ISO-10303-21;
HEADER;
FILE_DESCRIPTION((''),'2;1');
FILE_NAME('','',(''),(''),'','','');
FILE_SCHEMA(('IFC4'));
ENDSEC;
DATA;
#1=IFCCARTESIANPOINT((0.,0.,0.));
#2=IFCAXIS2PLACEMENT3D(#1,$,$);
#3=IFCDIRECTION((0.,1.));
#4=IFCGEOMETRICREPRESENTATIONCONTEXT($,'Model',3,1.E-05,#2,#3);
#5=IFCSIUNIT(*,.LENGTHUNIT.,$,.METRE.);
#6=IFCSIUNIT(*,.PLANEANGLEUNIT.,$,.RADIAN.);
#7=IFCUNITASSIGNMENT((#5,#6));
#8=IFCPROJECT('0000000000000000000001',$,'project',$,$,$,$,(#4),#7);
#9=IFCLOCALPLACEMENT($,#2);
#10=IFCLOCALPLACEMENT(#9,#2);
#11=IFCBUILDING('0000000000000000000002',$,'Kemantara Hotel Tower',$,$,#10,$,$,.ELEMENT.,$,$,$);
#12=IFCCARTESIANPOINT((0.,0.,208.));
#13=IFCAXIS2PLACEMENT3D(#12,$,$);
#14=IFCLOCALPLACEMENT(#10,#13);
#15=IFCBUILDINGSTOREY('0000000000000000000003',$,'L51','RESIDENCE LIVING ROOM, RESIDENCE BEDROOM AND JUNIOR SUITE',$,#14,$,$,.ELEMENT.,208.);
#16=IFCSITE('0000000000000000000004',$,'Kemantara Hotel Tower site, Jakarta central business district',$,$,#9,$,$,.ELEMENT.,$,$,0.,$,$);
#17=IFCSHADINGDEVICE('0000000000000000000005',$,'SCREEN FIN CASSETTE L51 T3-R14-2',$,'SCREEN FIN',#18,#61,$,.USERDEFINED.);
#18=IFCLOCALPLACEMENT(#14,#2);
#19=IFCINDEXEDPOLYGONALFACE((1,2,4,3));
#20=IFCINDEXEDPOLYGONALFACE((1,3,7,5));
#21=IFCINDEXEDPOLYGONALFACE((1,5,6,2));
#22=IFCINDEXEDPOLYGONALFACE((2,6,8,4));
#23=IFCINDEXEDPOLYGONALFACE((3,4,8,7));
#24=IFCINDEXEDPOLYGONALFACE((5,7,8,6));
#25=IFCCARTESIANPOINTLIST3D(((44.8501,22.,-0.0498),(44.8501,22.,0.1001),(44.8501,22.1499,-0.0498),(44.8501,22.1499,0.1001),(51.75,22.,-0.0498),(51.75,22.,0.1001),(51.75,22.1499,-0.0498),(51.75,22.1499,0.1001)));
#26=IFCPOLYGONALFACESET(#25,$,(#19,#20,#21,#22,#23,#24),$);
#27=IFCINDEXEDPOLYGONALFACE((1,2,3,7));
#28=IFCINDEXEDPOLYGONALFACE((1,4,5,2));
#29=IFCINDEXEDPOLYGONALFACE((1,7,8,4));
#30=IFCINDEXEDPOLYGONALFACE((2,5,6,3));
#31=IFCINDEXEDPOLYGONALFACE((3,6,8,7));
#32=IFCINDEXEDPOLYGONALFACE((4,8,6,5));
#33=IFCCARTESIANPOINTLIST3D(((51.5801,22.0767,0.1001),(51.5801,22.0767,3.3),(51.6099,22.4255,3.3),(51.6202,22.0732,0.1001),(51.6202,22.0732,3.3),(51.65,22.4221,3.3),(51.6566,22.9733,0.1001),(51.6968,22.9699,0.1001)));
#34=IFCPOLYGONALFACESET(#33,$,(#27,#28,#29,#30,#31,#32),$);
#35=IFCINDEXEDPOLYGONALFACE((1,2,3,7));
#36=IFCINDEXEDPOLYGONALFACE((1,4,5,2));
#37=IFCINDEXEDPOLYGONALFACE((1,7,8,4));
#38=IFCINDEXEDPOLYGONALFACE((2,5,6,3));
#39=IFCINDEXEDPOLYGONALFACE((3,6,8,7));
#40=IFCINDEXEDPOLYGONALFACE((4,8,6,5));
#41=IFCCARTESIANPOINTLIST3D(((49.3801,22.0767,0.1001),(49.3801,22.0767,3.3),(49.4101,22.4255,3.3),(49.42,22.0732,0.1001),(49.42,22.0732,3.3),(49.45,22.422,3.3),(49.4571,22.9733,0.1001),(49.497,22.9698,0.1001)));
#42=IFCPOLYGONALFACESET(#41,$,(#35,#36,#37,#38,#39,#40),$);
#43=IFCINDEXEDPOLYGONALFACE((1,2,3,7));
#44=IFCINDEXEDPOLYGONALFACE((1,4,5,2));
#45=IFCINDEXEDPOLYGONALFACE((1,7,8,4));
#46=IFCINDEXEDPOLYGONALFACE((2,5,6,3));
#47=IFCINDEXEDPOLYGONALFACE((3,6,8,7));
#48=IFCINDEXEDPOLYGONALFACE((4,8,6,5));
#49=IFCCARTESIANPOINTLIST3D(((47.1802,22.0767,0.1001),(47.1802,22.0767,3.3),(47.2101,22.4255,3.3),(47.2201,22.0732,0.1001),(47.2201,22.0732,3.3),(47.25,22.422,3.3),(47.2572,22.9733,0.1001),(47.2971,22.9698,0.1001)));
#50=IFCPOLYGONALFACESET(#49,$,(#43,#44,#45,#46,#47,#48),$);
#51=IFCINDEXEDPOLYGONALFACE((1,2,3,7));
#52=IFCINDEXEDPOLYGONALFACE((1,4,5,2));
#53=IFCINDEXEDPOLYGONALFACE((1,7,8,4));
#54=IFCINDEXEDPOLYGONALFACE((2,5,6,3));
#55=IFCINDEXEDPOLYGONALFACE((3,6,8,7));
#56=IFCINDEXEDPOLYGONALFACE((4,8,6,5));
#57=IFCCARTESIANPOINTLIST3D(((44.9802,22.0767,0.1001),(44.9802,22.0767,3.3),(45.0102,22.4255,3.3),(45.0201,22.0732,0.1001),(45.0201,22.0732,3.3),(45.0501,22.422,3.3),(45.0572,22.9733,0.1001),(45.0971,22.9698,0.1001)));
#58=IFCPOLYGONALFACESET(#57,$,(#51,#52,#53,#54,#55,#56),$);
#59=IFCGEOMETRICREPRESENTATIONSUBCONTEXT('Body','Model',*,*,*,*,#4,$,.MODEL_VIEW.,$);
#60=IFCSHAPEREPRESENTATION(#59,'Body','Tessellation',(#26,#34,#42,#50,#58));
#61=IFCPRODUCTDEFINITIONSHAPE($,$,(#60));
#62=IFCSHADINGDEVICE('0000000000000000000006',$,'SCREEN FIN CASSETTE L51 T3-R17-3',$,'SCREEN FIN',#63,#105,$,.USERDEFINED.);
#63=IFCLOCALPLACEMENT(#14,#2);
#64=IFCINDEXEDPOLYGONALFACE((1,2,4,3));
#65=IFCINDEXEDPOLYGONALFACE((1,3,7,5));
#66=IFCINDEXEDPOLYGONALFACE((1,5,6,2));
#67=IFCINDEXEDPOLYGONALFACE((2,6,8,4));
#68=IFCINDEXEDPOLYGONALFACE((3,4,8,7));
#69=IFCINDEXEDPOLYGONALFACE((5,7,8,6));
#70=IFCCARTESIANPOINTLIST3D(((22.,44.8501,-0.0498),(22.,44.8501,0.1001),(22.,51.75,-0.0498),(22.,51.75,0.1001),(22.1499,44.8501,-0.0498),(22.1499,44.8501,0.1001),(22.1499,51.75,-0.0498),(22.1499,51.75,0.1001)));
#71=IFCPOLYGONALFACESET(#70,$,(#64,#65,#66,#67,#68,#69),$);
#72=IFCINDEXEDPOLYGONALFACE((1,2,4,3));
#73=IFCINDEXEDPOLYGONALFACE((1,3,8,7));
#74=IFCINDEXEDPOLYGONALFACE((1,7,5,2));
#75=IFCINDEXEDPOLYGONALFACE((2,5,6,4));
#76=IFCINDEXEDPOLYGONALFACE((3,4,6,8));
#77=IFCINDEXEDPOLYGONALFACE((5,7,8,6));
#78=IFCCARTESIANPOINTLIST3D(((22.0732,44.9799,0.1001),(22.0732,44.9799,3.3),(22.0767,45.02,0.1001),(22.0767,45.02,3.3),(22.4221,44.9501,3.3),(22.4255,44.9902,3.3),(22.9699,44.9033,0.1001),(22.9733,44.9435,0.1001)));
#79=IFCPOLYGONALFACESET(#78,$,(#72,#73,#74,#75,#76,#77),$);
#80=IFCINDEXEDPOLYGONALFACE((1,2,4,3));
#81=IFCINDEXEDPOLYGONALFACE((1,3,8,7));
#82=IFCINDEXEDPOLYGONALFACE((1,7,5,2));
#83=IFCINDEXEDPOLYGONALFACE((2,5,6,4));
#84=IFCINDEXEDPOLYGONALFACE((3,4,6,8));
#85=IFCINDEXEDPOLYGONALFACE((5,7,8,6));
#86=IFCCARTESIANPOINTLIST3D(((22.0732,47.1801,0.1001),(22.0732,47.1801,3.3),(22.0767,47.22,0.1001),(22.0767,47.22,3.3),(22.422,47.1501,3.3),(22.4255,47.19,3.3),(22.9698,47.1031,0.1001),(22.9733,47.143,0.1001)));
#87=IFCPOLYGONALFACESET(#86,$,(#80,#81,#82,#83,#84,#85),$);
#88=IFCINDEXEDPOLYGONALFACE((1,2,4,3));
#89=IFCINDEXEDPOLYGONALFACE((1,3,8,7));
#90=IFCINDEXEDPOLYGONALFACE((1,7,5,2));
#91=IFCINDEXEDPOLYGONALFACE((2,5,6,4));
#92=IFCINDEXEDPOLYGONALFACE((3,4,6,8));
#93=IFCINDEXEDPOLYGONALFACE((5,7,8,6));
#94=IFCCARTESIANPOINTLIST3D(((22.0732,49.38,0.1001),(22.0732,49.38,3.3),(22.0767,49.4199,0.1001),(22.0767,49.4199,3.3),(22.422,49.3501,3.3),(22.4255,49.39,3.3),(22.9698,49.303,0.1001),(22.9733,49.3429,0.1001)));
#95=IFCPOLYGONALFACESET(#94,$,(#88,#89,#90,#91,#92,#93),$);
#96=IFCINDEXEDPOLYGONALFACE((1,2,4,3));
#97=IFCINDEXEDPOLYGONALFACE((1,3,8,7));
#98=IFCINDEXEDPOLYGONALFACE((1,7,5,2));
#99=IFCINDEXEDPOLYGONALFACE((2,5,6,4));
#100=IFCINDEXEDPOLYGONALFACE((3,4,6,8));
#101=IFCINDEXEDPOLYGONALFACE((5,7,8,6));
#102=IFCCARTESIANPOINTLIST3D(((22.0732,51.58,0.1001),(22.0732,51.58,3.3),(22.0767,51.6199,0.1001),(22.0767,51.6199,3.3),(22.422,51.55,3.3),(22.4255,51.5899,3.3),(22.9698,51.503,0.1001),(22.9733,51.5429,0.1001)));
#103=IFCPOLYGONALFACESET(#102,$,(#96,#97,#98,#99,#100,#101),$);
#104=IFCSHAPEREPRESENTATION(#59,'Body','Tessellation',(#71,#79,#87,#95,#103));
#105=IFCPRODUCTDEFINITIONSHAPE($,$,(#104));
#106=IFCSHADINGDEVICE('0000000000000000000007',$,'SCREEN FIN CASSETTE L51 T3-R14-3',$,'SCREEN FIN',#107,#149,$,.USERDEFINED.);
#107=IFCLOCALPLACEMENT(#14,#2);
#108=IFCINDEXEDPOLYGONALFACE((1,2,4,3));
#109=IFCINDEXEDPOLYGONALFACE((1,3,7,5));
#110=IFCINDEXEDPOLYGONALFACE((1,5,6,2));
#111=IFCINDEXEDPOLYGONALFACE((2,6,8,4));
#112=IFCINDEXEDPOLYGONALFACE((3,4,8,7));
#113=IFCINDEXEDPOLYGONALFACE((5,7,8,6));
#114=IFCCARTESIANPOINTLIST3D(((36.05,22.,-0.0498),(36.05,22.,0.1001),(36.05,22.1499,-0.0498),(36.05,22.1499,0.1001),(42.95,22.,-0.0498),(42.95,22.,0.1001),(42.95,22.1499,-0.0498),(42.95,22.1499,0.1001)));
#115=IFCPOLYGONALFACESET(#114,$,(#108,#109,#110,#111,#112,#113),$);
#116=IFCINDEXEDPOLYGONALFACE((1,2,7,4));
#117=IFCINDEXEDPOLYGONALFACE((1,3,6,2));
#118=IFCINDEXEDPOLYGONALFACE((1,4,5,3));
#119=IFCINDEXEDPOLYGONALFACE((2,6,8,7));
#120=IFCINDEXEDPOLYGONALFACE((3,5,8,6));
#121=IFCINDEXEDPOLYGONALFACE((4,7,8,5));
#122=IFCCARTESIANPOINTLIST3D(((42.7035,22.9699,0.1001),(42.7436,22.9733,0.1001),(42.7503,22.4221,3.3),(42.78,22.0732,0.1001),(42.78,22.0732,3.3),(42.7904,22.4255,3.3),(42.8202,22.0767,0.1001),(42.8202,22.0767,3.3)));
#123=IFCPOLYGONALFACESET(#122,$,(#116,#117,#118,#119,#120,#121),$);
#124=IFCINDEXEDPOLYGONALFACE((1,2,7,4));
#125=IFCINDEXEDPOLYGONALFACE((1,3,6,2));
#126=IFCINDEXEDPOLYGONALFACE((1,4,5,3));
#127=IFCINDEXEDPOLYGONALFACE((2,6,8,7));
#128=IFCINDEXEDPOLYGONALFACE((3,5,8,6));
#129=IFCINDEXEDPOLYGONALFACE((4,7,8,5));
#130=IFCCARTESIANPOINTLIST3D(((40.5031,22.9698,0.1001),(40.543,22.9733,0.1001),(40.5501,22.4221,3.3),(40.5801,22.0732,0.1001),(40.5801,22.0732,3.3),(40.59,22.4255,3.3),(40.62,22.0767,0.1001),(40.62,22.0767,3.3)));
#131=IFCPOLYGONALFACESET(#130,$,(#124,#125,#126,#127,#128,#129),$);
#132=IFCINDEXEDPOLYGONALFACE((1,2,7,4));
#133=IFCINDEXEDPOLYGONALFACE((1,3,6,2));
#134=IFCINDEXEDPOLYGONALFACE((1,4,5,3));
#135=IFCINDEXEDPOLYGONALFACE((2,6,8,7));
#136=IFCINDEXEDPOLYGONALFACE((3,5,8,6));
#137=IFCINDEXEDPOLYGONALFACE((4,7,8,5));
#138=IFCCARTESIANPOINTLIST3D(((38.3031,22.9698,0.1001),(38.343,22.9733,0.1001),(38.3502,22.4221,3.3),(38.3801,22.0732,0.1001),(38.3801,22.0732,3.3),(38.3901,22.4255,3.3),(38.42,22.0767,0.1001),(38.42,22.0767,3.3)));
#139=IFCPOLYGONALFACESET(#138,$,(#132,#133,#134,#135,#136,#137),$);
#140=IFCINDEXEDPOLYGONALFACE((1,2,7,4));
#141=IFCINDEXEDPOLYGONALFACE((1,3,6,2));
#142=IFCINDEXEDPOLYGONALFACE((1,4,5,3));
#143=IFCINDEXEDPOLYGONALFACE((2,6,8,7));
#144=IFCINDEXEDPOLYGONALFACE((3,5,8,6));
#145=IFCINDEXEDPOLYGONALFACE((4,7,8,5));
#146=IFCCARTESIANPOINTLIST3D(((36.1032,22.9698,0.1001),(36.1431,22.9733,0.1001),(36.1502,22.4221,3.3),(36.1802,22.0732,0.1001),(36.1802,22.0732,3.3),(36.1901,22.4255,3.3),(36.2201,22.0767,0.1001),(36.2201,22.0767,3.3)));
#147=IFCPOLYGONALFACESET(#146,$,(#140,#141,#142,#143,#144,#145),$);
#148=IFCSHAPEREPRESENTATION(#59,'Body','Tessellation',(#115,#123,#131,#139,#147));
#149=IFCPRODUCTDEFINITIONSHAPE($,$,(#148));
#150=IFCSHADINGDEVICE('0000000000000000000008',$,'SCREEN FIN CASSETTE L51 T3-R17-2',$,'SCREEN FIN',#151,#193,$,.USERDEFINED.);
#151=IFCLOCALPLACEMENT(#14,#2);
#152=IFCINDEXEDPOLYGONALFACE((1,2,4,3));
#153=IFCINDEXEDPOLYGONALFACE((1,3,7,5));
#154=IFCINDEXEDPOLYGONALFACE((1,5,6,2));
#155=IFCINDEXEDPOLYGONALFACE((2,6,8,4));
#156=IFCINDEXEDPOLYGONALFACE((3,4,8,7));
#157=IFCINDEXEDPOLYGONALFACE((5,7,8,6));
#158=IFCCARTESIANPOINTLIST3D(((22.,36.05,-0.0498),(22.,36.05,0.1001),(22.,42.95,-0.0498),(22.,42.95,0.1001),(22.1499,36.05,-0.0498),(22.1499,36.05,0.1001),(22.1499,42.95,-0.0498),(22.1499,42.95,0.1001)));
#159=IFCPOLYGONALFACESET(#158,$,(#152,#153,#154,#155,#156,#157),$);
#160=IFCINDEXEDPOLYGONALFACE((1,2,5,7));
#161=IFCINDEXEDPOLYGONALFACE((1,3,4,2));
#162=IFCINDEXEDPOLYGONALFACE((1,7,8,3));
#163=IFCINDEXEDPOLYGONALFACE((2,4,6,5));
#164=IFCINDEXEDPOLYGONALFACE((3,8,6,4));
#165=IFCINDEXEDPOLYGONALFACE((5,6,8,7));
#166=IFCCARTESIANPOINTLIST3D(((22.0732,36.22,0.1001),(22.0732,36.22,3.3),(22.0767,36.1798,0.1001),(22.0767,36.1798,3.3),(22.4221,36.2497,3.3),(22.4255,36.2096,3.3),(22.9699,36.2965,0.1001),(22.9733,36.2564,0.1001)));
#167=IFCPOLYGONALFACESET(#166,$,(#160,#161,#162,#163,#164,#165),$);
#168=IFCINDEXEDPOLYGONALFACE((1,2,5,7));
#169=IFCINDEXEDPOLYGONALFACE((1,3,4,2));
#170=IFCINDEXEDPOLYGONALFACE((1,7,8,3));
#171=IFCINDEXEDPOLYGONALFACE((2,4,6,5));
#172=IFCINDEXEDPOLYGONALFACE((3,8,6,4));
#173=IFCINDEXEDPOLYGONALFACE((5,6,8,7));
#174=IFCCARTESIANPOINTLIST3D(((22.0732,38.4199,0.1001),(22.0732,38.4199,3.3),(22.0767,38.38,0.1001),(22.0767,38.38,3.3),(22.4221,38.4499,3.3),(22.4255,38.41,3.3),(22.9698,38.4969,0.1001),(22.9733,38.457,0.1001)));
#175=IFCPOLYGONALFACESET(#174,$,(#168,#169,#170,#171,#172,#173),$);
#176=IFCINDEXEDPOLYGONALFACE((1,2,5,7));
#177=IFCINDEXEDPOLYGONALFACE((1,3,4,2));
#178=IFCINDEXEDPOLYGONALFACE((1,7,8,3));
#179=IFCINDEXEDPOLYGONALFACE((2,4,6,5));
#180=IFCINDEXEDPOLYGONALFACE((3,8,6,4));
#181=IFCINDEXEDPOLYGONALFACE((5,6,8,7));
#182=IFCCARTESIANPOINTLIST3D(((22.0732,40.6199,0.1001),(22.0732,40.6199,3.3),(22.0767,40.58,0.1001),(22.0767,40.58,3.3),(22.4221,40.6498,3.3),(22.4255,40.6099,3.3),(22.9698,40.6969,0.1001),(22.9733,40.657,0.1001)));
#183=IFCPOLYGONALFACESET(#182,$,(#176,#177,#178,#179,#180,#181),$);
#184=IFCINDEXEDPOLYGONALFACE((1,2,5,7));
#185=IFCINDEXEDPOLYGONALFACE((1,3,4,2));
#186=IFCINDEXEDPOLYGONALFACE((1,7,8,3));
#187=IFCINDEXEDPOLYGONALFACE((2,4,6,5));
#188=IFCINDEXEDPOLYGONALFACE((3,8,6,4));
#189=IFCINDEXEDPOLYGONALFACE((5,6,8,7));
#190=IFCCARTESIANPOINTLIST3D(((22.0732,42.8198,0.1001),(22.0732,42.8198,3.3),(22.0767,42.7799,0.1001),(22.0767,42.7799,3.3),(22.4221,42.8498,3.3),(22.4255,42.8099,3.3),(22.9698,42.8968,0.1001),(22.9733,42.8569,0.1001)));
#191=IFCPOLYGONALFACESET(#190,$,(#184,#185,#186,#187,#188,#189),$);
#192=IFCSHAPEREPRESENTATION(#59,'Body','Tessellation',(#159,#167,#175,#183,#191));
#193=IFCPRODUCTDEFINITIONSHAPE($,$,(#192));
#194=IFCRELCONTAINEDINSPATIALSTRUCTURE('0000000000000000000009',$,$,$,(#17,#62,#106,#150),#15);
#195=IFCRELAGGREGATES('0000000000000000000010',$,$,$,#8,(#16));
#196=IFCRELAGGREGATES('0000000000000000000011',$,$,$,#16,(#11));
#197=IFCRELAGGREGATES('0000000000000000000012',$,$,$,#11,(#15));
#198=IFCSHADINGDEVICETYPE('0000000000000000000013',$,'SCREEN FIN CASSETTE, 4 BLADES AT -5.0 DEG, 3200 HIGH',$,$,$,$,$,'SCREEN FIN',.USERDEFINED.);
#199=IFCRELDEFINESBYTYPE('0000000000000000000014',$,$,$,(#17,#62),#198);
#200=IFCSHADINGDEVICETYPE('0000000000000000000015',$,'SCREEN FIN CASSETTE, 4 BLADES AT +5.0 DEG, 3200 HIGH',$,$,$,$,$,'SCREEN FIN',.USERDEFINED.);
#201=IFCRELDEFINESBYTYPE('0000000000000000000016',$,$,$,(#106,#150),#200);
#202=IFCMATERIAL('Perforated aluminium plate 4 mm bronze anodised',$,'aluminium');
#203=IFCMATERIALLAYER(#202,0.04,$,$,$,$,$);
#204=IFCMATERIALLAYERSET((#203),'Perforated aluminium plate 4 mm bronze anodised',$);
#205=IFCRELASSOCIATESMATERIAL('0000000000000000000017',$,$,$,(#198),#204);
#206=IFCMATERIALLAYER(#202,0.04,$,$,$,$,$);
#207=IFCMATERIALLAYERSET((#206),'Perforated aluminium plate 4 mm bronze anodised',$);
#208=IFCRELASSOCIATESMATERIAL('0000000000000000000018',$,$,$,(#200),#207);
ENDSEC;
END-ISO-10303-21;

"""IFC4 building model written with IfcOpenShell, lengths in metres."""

from ifc_helpers import new_model, si_unit, direction, frame, origin, origin_2d, place, context, subcontext, project, spatial, polyline, rectangle, outline, extrude, source, transform, mapped, material, layer, layer_set, type_object, element, save


model = new_model("IFC4")

# Units and contexts
model_context = context("Model", 3, precision=1e-05, world=origin(), true_north=direction((0.0, 1.0)))
body_context = subcontext(model_context, "Body", "Model", "MODEL_VIEW")
ifc_project = project(units=[si_unit("LENGTHUNIT", "METRE"), si_unit("PLANEANGLEUNIT", "RADIAN")], contexts=[model_context])

# Site, building, storey
site_placement = place(None, origin())
site = spatial("IfcSite", under=ifc_project, at=site_placement, Name="Kemantara Hotel Tower site, Jakarta central business district", CompositionType="ELEMENT", RefElevation=0.0)
building_placement = place(site_placement, origin())
building = spatial("IfcBuilding", under=site, at=building_placement, Name="Kemantara Hotel Tower", CompositionType="ELEMENT")
storey_placement = place(building_placement, frame((0.0, 0.0, 208.0)))
storey = spatial("IfcBuildingStorey", under=building, at=storey_placement, Name="L51", Description="RESIDENCE LIVING ROOM, RESIDENCE BEDROOM AND JUNIOR SUITE", CompositionType="ELEMENT", Elevation=208.0)

# Shading devices
ifc_material_1 = material(Name="Perforated aluminium plate 4 mm bronze anodised", Category="aluminium")
ifc_layer_1 = layer(ifc_material_1, 0.04)
ifc_layer_set_1 = layer_set([ifc_layer_1], Name="Perforated aluminium plate 4 mm bronze anodised")
shading_device_type_1 = type_object("IfcShadingDeviceType", Name="SCREEN FIN CASSETTE, 4 BLADES AT -5.0 DEG, 3200 HIGH", ElementType="SCREEN FIN", PredefinedType="USERDEFINED", material=ifc_layer_set_1)
shared_shape_1 = source(origin(), body_context, "Body", "SweptSolid", [
    extrude(rectangle(XDim=6.8999, YDim=0.1499, at=origin_2d()), frame((3.3, -0.075, -0.1499), z_axis=(0.0, 0.0, 1.0), x_axis=(1.0, 0.0, 0.0)), (0.0, 0.0, 1.0), 0.1499),
    extrude(outline(polyline([(0.0, 0.0), (0.8999, 0.0), (0.3501, 3.2), (0.0, 3.2), (0.0, 0.0)])), frame((0.02, -0.0767, 0.0), z_axis=(-0.996376, 0.085056, 0.0), x_axis=(-0.085056, -0.996376, 0.0)), (0.0, 0.0, 1.0), 0.0403),
    extrude(outline(polyline([(0.0, 0.0), (0.8999, 0.0), (0.3501, 3.2), (0.0, 3.2), (0.0, 0.0)])), frame((2.22, -0.0767, 0.0), z_axis=(-0.996332, 0.085575, 0.0), x_axis=(-0.085575, -0.996332, 0.0)), (0.0, 0.0, 1.0), 0.04),
    extrude(outline(polyline([(0.0, 0.0), (0.8999, 0.0), (0.3501, 3.2), (0.0, 3.2), (0.0, 0.0)])), frame((4.4199, -0.0767, 0.0), z_axis=(-0.996332, 0.085575, 0.0), x_axis=(-0.085575, -0.996332, 0.0)), (0.0, 0.0, 1.0), 0.04),
    extrude(outline(polyline([(0.0, 0.0), (0.8999, 0.0), (0.3501, 3.2), (0.0, 3.2), (0.0, 0.0)])), frame((6.6199, -0.0767, 0.0), z_axis=(-0.996332, 0.085575, 0.0), x_axis=(-0.085575, -0.996332, 0.0)), (0.0, 0.0, 1.0), 0.04),
])
for number, where, z_axis, x_axis, name in (
    (1, (51.6001, 22.0, 0.1001), (0.0, 0.0, 1.0), (-1.0, 0.0, 0.0), "SCREEN FIN CASSETTE L51 T3-R14-2"),
    (2, (22.0, 45.0, 0.1001), (0.0, 0.0, 1.0), (0.0, 1.0, 0.0), "SCREEN FIN CASSETTE L51 T3-R17-3"),
):
    element("IfcShadingDevice", number, at=place(storey_placement, frame(where, z_axis=z_axis, x_axis=x_axis)), inside=storey, type_object=shading_device_type_1, Name=name, ObjectType="SCREEN FIN", PredefinedType="USERDEFINED", context=body_context, shape_type="MappedRepresentation", body=[
        mapped(shared_shape_1, transform((0.0, 0.0, 0.0))),
    ])
ifc_layer_2 = layer(ifc_material_1, 0.04)
ifc_layer_set_2 = layer_set([ifc_layer_2], Name="Perforated aluminium plate 4 mm bronze anodised")
shading_device_type_2 = type_object("IfcShadingDeviceType", Name="SCREEN FIN CASSETTE, 4 BLADES AT +5.0 DEG, 3200 HIGH", ElementType="SCREEN FIN", PredefinedType="USERDEFINED", material=ifc_layer_set_2)
shared_shape_2 = source(origin(), body_context, "Body", "SweptSolid", [
    extrude(rectangle(XDim=6.8999, YDim=0.1499, at=origin_2d()), frame((3.3, -0.075, -0.1499), z_axis=(0.0, 0.0, 1.0), x_axis=(1.0, 0.0, 0.0)), (0.0, 0.0, 1.0), 0.1499),
    extrude(outline(polyline([(0.0, 0.0), (0.8999, 0.0), (0.3501, 3.2), (0.0, 3.2), (0.0, 0.0)])), frame((0.02, -0.0732, 0.0), z_axis=(-0.996376, -0.085056, 0.0), x_axis=(0.085056, -0.996376, 0.0)), (0.0, 0.0, 1.0), 0.0403),
    extrude(outline(polyline([(0.0, 0.0), (0.8999, 0.0), (0.3501, 3.2), (0.0, 3.2), (0.0, 0.0)])), frame((2.22, -0.0732, 0.0), z_axis=(-0.996332, -0.085575, 0.0), x_axis=(0.085575, -0.996332, 0.0)), (0.0, 0.0, 1.0), 0.04),
    extrude(outline(polyline([(0.0, 0.0), (0.8999, 0.0), (0.3501, 3.2), (0.0, 3.2), (0.0, 0.0)])), frame((4.4199, -0.0732, 0.0), z_axis=(-0.996332, -0.085575, 0.0), x_axis=(0.085575, -0.996332, 0.0)), (0.0, 0.0, 1.0), 0.04),
    extrude(outline(polyline([(0.0, 0.0), (0.8999, 0.0), (0.3501, 3.2), (0.0, 3.2), (0.0, 0.0)])), frame((6.6199, -0.0732, 0.0), z_axis=(-0.996332, -0.085575, 0.0), x_axis=(0.085575, -0.996332, 0.0)), (0.0, 0.0, 1.0), 0.04),
])
for number, where, z_axis, x_axis, name in (
    (3, (42.8, 22.0, 0.1001), (0.0, 0.0, 1.0), (-1.0, 0.0, 0.0), "SCREEN FIN CASSETTE L51 T3-R14-3"),
    (4, (22.0, 36.2, 0.1001), (0.0, 0.0, 1.0), (0.0, 1.0, 0.0), "SCREEN FIN CASSETTE L51 T3-R17-2"),
):
    element("IfcShadingDevice", number, at=place(storey_placement, frame(where, z_axis=z_axis, x_axis=x_axis)), inside=storey, type_object=shading_device_type_2, Name=name, ObjectType="SCREEN FIN", PredefinedType="USERDEFINED", context=body_context, shape_type="MappedRepresentation", body=[
        mapped(shared_shape_2, transform((0.0, 0.0, 0.0))),
    ])

save(model, "model.ifc")
